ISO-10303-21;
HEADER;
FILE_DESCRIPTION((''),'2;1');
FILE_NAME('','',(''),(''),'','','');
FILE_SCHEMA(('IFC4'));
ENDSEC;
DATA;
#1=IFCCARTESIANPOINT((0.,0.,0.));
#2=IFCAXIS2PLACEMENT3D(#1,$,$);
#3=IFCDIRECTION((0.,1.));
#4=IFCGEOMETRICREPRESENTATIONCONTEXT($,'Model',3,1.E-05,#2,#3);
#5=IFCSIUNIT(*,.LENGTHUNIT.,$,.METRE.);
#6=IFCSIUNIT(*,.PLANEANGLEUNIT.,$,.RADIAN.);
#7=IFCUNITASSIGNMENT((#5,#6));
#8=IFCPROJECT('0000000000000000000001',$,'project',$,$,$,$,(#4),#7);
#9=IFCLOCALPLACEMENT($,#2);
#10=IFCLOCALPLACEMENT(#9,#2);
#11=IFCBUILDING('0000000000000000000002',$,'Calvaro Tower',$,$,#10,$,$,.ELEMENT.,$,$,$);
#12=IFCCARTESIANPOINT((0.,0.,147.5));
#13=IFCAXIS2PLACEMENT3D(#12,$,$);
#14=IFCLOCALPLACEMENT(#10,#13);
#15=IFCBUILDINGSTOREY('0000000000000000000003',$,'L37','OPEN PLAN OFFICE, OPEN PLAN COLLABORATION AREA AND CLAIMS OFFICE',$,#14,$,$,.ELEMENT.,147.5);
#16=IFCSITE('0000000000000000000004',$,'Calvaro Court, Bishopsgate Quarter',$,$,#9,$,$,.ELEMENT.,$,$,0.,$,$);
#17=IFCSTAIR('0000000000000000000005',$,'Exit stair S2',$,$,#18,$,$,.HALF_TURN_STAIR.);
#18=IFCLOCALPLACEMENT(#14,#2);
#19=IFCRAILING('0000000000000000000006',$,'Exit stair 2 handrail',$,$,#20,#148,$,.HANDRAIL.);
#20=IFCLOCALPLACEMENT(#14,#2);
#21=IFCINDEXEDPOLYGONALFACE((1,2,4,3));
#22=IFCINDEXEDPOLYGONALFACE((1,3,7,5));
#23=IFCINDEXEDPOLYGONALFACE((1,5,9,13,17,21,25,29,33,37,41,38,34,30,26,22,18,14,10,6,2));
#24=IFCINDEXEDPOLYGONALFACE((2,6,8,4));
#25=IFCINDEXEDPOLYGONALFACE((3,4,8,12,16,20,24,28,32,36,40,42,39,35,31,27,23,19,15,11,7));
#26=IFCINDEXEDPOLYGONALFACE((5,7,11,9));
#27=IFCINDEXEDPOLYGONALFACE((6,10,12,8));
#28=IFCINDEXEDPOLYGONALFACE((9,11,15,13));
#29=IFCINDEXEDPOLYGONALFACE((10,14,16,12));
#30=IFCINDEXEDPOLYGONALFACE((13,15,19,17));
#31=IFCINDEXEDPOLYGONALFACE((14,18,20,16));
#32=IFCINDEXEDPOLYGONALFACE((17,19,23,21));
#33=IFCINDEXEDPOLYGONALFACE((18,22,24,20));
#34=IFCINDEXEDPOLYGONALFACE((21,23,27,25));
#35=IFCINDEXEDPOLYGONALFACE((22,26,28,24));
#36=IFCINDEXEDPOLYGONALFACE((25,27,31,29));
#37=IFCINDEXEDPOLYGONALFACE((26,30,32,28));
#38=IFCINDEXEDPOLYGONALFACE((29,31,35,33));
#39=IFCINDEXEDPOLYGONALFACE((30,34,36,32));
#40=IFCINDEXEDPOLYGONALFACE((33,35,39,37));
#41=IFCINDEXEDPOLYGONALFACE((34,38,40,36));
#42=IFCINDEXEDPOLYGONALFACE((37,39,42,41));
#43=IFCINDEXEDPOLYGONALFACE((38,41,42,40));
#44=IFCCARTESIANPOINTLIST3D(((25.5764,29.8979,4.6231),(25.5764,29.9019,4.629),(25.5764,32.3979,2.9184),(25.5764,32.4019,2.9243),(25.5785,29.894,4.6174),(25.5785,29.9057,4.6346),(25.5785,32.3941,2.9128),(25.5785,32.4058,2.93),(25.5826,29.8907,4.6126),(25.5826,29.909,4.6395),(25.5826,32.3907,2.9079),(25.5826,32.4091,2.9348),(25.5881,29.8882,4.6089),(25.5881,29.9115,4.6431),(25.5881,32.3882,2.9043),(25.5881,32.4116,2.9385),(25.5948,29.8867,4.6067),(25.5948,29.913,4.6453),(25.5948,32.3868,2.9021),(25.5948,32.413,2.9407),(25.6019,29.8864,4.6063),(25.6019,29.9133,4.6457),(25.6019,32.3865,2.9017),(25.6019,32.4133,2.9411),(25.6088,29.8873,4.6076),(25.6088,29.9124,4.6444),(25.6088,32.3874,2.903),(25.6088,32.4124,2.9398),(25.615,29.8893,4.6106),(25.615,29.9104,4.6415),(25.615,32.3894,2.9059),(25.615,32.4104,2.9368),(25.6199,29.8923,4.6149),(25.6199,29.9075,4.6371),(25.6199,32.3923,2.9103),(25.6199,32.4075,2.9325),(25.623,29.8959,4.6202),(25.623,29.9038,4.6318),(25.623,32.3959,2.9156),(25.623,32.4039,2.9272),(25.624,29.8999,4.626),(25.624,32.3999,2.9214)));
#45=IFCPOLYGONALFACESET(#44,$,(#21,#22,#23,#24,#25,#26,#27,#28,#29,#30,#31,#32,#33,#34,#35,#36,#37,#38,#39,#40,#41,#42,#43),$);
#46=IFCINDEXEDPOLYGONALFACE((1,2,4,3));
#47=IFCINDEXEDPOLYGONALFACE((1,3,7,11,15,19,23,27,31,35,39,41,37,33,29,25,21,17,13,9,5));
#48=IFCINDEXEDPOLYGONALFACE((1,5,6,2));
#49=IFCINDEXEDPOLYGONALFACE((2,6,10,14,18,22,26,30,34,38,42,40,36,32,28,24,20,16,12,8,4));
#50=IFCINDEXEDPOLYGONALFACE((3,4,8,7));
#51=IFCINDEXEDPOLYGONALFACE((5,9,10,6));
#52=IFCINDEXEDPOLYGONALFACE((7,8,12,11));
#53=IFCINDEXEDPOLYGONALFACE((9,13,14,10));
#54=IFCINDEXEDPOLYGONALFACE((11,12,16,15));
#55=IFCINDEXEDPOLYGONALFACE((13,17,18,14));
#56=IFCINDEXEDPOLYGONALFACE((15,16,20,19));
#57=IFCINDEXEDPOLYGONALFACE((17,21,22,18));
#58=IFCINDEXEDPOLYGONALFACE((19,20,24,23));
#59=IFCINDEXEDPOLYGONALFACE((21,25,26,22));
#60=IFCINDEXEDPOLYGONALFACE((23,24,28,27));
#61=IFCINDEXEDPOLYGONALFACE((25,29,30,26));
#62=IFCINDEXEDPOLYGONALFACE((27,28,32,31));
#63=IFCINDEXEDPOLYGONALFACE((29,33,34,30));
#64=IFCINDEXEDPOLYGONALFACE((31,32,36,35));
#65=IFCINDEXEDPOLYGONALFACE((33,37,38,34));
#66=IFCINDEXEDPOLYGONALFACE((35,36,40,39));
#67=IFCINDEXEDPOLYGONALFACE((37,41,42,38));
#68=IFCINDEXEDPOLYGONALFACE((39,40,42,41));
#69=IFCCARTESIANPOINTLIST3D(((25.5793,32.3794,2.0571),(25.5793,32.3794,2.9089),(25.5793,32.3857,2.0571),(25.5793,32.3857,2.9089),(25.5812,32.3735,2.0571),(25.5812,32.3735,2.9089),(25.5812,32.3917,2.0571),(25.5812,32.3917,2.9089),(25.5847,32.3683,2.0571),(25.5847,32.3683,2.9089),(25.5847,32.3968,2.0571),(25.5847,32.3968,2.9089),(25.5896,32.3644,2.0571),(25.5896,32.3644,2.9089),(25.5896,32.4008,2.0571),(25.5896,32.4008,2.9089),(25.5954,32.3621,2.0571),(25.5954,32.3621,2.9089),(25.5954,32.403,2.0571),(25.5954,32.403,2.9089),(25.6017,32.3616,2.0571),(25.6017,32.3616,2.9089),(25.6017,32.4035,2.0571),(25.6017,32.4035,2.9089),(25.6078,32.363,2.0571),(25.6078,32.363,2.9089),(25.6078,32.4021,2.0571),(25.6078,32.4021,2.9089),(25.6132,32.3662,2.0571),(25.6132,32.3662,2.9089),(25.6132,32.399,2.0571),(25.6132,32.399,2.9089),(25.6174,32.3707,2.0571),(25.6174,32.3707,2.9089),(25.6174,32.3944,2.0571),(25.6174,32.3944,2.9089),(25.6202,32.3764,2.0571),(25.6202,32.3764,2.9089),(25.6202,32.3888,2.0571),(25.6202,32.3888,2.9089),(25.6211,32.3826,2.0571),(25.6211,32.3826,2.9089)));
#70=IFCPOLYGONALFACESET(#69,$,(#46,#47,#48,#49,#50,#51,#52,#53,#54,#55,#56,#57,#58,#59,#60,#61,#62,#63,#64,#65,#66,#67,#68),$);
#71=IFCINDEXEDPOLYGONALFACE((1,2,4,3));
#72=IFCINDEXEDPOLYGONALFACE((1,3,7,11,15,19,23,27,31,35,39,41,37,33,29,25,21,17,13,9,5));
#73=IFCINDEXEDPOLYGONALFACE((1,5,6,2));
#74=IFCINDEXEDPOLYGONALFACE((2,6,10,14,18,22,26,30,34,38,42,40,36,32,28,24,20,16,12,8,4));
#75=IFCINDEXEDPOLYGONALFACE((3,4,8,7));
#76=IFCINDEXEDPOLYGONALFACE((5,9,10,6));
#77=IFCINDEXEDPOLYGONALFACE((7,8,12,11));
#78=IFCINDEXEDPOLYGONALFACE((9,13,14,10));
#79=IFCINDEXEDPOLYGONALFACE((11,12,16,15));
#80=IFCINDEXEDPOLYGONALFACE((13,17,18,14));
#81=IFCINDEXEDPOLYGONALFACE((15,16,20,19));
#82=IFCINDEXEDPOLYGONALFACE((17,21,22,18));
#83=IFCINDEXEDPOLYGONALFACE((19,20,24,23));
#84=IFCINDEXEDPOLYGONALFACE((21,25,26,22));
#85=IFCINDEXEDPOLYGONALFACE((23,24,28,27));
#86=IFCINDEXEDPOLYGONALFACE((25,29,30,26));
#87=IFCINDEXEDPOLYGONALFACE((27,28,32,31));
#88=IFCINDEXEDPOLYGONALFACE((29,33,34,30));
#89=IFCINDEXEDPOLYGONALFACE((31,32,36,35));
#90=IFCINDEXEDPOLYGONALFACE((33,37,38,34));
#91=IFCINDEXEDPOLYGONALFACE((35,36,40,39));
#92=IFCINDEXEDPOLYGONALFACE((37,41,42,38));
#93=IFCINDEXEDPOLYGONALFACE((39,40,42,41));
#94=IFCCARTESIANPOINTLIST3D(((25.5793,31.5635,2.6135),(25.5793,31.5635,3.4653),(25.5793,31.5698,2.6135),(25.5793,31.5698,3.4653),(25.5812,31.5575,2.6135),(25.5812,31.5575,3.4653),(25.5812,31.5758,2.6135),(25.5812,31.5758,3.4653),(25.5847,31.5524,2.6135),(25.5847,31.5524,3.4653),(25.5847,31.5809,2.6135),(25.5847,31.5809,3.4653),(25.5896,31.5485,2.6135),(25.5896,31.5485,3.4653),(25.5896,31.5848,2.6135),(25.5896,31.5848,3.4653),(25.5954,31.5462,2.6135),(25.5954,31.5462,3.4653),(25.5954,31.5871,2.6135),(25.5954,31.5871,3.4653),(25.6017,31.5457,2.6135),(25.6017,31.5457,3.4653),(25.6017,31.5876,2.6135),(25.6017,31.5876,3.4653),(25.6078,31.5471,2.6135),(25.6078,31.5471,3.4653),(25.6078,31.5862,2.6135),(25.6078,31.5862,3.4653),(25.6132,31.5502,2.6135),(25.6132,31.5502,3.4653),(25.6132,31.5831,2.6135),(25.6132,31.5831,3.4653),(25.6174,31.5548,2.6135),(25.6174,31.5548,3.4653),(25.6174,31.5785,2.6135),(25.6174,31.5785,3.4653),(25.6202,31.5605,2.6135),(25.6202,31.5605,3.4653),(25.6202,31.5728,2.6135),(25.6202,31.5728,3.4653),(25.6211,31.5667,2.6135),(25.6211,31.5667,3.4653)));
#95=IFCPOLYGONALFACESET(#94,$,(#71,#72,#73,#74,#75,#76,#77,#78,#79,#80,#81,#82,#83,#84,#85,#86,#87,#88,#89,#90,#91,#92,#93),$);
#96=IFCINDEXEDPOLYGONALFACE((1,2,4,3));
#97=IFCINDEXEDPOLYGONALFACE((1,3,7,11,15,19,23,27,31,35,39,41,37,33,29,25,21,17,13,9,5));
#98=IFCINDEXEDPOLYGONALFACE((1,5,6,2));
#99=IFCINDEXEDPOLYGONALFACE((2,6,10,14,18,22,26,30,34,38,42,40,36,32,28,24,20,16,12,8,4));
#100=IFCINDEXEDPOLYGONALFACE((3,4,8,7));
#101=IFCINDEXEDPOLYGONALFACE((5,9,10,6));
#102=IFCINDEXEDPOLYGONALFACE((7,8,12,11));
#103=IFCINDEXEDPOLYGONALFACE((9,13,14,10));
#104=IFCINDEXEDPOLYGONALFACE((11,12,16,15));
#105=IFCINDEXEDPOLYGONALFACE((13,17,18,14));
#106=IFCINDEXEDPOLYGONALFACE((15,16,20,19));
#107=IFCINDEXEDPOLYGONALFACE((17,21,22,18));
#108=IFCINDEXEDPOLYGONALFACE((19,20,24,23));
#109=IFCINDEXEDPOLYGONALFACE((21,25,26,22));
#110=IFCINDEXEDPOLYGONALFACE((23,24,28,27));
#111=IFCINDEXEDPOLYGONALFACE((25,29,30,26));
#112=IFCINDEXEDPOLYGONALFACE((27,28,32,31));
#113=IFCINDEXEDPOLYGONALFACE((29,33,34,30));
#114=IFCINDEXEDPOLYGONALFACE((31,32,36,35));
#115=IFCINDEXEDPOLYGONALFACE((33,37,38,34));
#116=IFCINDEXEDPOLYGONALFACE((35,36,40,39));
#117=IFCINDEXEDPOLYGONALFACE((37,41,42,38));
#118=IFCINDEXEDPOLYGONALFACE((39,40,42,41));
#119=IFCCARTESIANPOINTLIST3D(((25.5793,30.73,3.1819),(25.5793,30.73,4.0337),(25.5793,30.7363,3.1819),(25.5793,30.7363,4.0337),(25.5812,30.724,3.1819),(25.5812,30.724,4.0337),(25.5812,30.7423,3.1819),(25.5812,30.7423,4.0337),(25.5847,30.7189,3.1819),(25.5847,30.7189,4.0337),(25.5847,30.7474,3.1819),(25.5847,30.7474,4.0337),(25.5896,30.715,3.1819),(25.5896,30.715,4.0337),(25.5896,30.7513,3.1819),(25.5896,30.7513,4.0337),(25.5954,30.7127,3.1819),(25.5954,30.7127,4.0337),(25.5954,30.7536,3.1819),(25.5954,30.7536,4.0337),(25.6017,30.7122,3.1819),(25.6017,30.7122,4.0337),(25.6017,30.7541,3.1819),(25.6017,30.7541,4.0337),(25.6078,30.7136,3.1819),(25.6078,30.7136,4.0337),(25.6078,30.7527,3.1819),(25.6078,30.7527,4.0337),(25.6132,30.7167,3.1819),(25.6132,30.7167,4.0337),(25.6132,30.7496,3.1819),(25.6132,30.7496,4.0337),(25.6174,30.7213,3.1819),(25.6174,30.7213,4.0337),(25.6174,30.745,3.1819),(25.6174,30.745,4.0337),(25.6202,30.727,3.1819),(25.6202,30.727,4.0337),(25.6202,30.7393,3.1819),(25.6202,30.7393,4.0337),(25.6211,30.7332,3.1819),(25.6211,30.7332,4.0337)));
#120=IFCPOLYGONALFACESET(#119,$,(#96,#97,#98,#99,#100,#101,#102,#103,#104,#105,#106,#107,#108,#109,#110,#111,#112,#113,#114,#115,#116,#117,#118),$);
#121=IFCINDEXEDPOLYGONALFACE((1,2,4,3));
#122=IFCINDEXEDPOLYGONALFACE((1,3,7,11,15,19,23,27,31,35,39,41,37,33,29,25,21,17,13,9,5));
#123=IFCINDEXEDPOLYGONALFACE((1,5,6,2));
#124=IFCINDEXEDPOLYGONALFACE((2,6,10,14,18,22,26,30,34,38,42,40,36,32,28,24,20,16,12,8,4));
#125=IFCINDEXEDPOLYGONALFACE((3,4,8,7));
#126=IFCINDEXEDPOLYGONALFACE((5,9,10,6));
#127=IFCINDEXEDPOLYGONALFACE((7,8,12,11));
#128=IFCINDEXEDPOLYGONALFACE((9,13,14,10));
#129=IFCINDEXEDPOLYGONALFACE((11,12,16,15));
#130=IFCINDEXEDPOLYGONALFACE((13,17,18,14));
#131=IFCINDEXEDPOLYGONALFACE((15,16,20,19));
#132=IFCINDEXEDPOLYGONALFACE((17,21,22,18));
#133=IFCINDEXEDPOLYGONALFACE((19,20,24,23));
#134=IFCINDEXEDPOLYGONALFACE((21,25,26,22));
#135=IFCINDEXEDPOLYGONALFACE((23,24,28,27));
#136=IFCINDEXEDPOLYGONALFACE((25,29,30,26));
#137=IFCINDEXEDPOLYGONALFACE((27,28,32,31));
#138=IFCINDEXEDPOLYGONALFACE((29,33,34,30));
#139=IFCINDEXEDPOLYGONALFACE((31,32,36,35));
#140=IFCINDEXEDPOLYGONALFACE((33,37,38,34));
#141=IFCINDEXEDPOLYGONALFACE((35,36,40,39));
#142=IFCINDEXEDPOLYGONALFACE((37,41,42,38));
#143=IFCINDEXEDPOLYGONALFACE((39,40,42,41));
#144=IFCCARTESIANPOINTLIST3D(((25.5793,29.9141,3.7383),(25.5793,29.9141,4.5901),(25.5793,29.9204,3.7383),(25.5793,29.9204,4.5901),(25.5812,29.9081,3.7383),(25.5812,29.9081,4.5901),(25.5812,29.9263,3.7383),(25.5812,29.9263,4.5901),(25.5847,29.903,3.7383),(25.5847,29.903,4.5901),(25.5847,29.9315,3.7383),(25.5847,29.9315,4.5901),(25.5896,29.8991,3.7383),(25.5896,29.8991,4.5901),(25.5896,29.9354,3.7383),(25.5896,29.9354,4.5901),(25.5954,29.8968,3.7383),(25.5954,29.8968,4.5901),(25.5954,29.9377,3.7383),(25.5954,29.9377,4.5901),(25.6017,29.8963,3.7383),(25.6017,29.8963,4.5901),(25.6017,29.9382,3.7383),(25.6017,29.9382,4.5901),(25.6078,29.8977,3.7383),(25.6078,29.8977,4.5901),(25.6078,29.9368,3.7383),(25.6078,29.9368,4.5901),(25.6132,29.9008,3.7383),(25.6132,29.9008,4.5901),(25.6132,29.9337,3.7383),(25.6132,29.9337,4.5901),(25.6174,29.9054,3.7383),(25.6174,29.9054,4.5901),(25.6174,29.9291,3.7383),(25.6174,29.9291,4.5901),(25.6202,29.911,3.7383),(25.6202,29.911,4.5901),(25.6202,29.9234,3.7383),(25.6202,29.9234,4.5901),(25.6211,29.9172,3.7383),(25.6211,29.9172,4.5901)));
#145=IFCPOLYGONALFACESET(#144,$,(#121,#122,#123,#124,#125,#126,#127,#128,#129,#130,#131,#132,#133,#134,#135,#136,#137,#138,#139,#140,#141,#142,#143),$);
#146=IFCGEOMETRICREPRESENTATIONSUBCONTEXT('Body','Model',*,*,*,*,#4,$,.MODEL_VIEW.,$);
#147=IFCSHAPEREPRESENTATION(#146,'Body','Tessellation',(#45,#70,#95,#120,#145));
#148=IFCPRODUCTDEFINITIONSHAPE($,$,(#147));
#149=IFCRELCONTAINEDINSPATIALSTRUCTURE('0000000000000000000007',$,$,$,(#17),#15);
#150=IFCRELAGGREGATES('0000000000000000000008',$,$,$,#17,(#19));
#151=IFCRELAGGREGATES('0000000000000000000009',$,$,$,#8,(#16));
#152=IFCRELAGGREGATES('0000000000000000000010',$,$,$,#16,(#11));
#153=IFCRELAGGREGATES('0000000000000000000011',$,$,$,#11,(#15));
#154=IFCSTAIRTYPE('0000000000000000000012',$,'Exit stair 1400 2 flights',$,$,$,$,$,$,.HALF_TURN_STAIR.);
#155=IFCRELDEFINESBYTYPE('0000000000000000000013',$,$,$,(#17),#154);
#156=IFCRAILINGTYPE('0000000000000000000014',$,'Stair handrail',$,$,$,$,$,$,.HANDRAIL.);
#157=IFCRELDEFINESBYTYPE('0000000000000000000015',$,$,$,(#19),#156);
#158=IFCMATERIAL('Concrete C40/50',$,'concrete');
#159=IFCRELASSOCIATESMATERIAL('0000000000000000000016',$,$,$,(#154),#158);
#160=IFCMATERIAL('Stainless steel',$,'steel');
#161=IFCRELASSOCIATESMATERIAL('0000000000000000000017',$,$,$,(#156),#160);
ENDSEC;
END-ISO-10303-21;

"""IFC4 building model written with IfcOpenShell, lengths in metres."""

from ifc_helpers import new_model, si_unit, direction, frame, origin, origin_2d, place, context, subcontext, project, spatial, circle, extrude, material, type_object, element, aggregate, save


model = new_model("IFC4")

# Units and contexts
model_context = context("Model", 3, precision=1e-05, world=origin(), true_north=direction((0.0, 1.0)))
body_context = subcontext(model_context, "Body", "Model", "MODEL_VIEW")
ifc_project = project(units=[si_unit("LENGTHUNIT", "METRE"), si_unit("PLANEANGLEUNIT", "RADIAN")], contexts=[model_context])

# Site, building, storey
site_placement = place(None, origin())
site = spatial("IfcSite", under=ifc_project, at=site_placement, Name="Calvaro Court, Bishopsgate Quarter", CompositionType="ELEMENT", RefElevation=0.0)
building_placement = place(site_placement, origin())
building = spatial("IfcBuilding", under=site, at=building_placement, Name="Calvaro Tower", CompositionType="ELEMENT")
storey_placement = place(building_placement, frame((0.0, 0.0, 147.5)))
storey = spatial("IfcBuildingStorey", under=building, at=storey_placement, Name="L37", Description="OPEN PLAN OFFICE, OPEN PLAN COLLABORATION AREA AND CLAIMS OFFICE", CompositionType="ELEMENT", Elevation=147.5)

# Stair, railing
ifc_material_1 = material(Name="Concrete C40/50", Category="concrete")
stair_type = type_object("IfcStairType", Name="Exit stair 1400 2 flights", PredefinedType="HALF_TURN_STAIR", material=ifc_material_1)
stair_placement = place(storey_placement, origin())
stair = element("IfcStair", 1, at=stair_placement, inside=storey, type_object=stair_type, Name="Exit stair S2", PredefinedType="HALF_TURN_STAIR")
ifc_material_2 = material(Name="Stainless steel", Category="steel")
railing_type = type_object("IfcRailingType", Name="Stair handrail", PredefinedType="HANDRAIL", material=ifc_material_2)
railing_1_placement = place(storey_placement, frame((25.6001, 32.3999, 2.0454)))
railing_1 = element("IfcRailing", 2, at=railing_1_placement, type_object=railing_type, Name="Exit stair 2 handrail", PredefinedType="HANDRAIL", context=body_context, shape_type="SweptSolid", body=[
    extrude(circle(Radius=0.0239, at=origin_2d()), frame((0.0, 0.0, 0.876), z_axis=(0.0, -0.826221, 0.563347), x_axis=(1.0, 0.0, 0.0)), (0.0, 0.0, 1.0), 3.0259),
    extrude(circle(Radius=0.021, at=origin_2d()), frame((0.0, -0.0173, 0.0117)), (0.0, 0.0, 1.0), 0.8518),
    extrude(circle(Radius=0.021, at=origin_2d()), frame((0.0, -0.8333, 0.5681)), (0.0, 0.0, 1.0), 0.8518),
    extrude(circle(Radius=0.021, at=origin_2d()), frame((0.0, -1.6667, 1.1365)), (0.0, 0.0, 1.0), 0.8518),
    extrude(circle(Radius=0.021, at=origin_2d()), frame((0.0, -2.4827, 1.6929)), (0.0, 0.0, 1.0), 0.8518),
])
aggregate(stair, [railing_1])

save(model, "model.ifc")
